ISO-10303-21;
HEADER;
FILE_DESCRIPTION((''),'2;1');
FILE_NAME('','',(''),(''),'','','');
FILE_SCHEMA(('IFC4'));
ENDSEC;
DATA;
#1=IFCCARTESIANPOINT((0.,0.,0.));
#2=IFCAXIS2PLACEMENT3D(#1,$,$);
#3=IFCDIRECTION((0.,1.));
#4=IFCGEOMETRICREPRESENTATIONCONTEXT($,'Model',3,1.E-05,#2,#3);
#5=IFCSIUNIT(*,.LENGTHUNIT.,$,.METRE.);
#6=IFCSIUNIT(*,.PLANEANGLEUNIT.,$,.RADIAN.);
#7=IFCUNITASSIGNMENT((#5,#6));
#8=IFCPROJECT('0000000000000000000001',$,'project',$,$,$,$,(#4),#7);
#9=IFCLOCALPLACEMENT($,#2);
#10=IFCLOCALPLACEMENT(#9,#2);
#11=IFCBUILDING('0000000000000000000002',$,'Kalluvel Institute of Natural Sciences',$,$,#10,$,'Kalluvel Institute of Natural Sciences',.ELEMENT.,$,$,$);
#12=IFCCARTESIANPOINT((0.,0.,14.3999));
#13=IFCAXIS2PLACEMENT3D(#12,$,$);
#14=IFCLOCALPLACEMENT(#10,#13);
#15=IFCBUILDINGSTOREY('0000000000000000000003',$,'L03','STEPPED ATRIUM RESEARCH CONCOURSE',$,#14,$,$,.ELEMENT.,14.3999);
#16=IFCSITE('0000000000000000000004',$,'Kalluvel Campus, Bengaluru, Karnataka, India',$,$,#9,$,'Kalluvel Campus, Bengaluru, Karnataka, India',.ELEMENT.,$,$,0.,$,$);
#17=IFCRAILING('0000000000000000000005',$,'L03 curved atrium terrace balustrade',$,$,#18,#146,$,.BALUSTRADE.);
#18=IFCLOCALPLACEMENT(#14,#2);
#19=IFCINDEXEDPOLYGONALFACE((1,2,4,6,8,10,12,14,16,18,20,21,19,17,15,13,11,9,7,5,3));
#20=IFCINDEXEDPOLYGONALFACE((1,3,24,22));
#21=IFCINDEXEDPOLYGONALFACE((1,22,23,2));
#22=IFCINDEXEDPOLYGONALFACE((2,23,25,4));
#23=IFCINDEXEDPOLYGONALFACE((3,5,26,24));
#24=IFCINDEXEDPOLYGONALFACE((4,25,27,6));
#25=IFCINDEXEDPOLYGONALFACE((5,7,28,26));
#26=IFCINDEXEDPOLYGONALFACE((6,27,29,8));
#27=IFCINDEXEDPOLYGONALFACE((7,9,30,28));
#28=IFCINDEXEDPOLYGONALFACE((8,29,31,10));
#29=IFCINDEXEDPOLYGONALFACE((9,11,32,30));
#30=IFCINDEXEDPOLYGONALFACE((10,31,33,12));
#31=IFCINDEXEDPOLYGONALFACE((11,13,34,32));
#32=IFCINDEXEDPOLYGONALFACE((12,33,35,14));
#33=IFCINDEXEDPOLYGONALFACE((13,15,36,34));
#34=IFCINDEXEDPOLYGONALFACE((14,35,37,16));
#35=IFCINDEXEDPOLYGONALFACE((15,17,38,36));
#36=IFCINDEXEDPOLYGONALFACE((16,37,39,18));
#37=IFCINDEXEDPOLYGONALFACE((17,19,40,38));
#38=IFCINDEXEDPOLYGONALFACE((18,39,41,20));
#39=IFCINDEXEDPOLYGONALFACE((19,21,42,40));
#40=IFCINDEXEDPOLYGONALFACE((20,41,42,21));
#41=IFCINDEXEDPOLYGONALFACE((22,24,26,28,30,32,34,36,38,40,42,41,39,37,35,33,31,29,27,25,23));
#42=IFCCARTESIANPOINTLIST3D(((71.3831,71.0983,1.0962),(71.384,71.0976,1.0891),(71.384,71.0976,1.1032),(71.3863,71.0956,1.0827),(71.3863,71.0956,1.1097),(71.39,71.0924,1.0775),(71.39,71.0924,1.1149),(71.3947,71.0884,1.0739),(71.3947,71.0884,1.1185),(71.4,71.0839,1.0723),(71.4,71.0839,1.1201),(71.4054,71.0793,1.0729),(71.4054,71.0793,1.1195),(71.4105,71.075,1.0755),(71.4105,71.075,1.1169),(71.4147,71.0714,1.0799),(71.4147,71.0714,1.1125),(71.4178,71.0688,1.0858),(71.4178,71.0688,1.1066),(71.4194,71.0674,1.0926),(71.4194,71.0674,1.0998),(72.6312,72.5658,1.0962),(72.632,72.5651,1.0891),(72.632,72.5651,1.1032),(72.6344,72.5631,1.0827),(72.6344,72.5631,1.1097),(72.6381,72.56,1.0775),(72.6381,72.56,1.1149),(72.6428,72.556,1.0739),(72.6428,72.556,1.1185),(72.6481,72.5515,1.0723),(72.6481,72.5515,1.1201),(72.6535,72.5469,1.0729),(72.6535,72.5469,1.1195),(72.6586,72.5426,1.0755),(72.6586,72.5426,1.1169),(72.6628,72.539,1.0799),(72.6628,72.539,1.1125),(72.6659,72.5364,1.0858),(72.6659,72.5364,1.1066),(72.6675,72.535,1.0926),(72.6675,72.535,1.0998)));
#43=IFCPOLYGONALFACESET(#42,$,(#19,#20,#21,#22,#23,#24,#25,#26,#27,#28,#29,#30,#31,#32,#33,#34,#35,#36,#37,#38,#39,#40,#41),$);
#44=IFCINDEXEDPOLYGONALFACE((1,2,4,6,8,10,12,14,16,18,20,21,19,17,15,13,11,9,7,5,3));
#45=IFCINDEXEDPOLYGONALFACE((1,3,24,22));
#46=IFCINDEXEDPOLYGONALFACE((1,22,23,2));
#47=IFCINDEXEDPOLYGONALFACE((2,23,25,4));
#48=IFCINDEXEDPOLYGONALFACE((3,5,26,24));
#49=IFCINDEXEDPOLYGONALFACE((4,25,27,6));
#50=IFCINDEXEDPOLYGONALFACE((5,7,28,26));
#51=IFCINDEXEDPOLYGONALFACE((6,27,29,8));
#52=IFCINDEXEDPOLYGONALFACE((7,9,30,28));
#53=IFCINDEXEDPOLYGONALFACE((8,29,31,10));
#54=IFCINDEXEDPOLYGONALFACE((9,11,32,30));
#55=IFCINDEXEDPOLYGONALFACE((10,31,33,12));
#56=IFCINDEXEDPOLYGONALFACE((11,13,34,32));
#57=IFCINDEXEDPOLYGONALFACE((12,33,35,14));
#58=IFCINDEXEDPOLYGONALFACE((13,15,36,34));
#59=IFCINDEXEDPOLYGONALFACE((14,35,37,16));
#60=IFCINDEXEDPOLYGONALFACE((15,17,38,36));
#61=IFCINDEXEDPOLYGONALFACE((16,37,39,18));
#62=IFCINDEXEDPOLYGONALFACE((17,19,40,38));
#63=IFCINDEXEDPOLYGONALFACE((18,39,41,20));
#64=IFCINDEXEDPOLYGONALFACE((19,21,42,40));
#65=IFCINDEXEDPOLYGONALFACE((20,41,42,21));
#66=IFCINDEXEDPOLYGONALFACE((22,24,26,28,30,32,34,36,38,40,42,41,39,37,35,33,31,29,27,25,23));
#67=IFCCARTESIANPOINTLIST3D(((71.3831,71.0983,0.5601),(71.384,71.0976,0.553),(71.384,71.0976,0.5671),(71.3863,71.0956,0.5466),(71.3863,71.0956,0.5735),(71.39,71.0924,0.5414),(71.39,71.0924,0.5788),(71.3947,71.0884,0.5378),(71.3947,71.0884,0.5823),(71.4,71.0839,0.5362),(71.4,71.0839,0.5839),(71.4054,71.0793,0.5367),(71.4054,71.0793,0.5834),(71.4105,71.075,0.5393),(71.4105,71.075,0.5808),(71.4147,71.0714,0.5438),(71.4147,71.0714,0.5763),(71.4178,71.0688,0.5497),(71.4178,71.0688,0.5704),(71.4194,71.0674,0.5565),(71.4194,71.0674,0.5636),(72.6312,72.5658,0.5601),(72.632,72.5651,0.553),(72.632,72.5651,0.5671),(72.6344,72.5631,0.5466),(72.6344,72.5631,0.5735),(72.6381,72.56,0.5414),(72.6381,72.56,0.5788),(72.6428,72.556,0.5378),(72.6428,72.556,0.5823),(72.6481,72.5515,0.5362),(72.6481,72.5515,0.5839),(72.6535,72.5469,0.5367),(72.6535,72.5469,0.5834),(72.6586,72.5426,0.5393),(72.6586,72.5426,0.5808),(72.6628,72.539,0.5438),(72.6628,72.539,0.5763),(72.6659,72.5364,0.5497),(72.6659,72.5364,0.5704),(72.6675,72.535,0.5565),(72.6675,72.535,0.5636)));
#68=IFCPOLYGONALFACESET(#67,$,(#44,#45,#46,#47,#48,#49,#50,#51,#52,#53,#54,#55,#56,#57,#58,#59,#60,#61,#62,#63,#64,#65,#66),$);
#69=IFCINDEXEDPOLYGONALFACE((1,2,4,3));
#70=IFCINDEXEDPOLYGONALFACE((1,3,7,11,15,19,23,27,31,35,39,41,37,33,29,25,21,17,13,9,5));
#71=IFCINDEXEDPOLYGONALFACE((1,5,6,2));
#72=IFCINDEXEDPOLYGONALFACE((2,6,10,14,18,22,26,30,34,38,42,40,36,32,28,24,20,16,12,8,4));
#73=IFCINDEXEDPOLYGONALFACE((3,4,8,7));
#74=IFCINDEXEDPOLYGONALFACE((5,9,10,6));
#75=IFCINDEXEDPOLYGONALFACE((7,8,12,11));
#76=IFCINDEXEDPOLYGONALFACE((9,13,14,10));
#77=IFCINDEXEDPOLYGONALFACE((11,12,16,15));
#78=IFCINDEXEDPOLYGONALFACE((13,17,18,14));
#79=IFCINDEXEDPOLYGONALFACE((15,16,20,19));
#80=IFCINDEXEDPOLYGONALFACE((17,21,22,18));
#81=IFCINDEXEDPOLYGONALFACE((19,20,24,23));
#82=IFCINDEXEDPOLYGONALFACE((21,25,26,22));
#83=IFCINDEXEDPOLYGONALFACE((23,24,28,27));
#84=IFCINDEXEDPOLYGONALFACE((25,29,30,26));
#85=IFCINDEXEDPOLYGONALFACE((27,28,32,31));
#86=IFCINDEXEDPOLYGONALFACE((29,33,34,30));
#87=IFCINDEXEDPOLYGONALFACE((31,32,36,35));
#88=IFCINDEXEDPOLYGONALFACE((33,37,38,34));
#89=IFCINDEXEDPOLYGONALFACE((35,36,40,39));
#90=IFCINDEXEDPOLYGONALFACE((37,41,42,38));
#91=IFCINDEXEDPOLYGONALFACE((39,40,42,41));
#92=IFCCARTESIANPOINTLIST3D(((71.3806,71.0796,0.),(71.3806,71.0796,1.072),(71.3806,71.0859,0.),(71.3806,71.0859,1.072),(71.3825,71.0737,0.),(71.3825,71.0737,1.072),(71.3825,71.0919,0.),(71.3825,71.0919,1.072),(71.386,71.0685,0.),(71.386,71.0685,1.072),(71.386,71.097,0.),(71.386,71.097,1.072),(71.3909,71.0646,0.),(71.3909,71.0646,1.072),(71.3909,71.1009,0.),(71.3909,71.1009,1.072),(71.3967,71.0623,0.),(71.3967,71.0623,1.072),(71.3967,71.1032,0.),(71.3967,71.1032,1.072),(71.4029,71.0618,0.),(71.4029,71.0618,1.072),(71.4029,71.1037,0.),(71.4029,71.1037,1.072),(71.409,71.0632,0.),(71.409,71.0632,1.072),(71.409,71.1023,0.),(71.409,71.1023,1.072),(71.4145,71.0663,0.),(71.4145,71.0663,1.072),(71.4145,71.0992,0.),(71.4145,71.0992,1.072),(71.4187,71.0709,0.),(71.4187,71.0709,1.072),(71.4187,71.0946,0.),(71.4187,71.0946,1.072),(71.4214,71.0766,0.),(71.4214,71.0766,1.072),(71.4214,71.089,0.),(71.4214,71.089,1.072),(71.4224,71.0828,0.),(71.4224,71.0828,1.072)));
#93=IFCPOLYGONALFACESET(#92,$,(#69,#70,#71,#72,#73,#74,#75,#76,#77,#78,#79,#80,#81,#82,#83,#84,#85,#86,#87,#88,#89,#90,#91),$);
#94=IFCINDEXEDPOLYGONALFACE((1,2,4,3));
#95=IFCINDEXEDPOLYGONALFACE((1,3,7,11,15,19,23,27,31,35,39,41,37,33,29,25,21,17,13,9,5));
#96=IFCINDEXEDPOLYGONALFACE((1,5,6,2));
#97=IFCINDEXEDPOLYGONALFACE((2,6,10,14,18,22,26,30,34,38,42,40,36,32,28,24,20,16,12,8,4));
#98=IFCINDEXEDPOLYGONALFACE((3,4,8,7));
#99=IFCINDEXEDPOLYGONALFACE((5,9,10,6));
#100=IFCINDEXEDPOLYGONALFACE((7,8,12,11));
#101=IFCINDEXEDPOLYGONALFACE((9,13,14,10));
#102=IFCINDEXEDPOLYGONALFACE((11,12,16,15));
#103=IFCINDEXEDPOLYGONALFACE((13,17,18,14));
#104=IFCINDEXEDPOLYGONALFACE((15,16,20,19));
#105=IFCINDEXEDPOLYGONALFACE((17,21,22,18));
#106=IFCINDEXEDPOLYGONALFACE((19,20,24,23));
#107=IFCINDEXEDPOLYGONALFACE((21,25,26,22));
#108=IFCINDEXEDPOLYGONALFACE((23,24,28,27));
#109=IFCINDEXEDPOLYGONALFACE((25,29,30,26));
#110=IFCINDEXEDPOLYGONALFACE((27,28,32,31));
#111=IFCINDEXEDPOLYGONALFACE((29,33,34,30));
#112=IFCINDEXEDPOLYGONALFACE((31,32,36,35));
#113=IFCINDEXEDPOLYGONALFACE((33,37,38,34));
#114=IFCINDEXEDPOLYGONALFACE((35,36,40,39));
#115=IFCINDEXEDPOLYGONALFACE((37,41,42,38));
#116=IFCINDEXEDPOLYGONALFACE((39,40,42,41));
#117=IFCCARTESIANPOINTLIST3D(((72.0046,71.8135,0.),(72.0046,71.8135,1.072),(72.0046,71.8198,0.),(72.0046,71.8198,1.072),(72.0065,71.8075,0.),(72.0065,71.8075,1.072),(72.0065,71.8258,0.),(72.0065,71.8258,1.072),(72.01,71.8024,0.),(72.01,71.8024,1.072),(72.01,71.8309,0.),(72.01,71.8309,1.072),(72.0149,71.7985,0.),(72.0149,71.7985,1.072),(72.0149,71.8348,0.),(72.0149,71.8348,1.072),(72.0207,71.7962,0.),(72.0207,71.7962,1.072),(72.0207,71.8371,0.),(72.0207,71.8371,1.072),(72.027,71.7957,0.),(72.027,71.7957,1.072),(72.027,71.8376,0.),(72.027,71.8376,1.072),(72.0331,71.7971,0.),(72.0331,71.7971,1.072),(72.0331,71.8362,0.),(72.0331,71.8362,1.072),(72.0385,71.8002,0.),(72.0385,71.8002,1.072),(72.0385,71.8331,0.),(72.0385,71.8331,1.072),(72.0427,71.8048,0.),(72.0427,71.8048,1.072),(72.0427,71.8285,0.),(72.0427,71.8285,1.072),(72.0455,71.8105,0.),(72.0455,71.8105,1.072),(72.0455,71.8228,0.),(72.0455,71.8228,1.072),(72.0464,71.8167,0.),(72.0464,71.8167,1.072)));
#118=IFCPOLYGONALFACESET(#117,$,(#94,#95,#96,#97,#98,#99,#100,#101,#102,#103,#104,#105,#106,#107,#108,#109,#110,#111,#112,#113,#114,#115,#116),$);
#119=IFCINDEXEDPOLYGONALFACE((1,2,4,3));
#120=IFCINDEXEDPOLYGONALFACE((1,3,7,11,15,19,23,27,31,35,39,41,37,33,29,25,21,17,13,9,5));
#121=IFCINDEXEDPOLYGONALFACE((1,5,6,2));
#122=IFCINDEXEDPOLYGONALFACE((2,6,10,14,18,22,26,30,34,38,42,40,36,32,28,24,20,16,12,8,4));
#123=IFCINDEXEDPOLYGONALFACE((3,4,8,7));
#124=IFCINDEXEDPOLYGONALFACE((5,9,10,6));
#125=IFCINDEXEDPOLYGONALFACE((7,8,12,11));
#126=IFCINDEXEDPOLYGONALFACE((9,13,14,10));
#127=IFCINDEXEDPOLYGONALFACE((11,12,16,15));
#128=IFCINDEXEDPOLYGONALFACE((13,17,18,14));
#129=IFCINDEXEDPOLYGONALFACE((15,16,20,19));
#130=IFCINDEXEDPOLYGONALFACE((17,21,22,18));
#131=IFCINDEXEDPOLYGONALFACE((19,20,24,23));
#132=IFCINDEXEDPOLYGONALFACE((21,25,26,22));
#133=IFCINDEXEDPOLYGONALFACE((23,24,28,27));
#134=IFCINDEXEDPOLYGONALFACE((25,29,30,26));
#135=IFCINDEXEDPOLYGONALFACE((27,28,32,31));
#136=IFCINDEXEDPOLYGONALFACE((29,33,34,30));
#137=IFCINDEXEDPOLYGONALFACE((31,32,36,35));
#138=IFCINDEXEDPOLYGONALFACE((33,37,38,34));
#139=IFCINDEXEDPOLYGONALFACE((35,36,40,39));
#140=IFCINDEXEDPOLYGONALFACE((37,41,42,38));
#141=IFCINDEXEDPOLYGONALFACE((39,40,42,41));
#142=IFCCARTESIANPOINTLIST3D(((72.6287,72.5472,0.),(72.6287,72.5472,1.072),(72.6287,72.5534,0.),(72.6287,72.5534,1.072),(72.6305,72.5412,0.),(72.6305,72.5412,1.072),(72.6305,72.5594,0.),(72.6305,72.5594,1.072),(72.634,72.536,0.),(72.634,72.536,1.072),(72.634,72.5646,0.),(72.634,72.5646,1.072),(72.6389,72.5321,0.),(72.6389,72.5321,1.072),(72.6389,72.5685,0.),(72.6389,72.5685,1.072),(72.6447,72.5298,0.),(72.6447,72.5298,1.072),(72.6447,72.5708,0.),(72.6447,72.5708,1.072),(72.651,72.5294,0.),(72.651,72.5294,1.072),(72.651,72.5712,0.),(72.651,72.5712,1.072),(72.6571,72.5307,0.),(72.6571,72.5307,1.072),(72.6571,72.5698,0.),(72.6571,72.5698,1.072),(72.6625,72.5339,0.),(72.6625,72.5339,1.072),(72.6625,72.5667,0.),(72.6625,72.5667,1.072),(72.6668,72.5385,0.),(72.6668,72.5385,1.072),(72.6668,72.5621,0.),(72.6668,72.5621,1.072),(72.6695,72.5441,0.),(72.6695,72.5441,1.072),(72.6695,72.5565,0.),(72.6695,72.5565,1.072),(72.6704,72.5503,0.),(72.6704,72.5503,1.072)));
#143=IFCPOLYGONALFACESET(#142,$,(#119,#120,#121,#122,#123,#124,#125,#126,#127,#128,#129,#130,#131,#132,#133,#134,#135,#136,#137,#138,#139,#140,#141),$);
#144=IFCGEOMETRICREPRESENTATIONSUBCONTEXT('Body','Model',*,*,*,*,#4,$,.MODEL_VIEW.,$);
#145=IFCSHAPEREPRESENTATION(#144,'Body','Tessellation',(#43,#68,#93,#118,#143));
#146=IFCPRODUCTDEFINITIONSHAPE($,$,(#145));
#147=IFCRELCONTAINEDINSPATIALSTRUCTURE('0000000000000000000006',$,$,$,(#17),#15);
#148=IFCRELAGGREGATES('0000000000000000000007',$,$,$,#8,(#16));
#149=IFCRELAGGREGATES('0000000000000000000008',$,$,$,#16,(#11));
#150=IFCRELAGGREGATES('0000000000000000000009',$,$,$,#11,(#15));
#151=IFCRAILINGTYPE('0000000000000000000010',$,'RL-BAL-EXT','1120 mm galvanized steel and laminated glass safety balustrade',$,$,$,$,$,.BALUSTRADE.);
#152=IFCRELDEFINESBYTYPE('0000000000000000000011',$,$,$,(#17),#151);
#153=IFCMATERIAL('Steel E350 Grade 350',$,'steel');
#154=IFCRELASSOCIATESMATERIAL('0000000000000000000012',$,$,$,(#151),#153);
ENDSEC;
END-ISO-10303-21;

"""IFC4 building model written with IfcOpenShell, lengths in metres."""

from ifc_helpers import new_model, si_unit, direction, frame, origin, origin_2d, place, context, subcontext, project, spatial, circle, extrude, material, type_object, element, save


model = new_model("IFC4")

# Units and contexts
model_context = context("Model", 3, precision=1e-05, world=origin(), true_north=direction((0.0, 1.0)))
body_context = subcontext(model_context, "Body", "Model", "MODEL_VIEW")
ifc_project = project(units=[si_unit("LENGTHUNIT", "METRE"), si_unit("PLANEANGLEUNIT", "RADIAN")], contexts=[model_context])

# Site, building, storey
site_placement = place(None, origin())
site = spatial("IfcSite", under=ifc_project, at=site_placement, Name="Kalluvel Campus, Bengaluru, Karnataka, India", LongName="Kalluvel Campus, Bengaluru, Karnataka, India", CompositionType="ELEMENT", RefElevation=0.0)
building_placement = place(site_placement, origin())
building = spatial("IfcBuilding", under=site, at=building_placement, Name="Kalluvel Institute of Natural Sciences", LongName="Kalluvel Institute of Natural Sciences", CompositionType="ELEMENT")
storey_placement = place(building_placement, frame((0.0, 0.0, 14.3999)))
storey = spatial("IfcBuildingStorey", under=building, at=storey_placement, Name="L03", Description="STEPPED ATRIUM RESEARCH CONCOURSE", CompositionType="ELEMENT", Elevation=14.3999)

# Shared definitions
ifc_material_1 = material(Name="Steel E350 Grade 350", Category="steel")

# Railing
railing_type = type_object("IfcRailingType", Name="RL-BAL-EXT", Description="1120 mm galvanized steel and laminated glass safety balustrade", PredefinedType="BALUSTRADE", material=ifc_material_1)
railing_1_placement = place(storey_placement, frame((71.4014, 71.0828, 0.0)))
element("IfcRailing", 1, at=railing_1_placement, inside=storey, type_object=railing_type, Name="L03 curved atrium terrace balustrade", PredefinedType="BALUSTRADE", context=body_context, shape_type="SweptSolid", body=[
    extrude(circle(Radius=0.0239, at=origin_2d()), frame((0.0, 0.0, 1.0962), z_axis=(0.647843, 0.761774, 0.0), x_axis=(-0.761774, 0.647843, 0.0)), (0.0, 0.0, 1.0), 1.9265),
    extrude(circle(Radius=0.0239, at=origin_2d()), frame((0.0, 0.0, 0.5601), z_axis=(0.647843, 0.761774, 0.0), x_axis=(-0.761774, 0.647843, 0.0)), (0.0, 0.0, 1.0), 1.9265),
    extrude(circle(Radius=0.021, at=origin_2d()), origin(), (0.0, 0.0, 1.0), 1.072),
    extrude(circle(Radius=0.021, at=origin_2d()), frame((0.624, 0.7339, 0.0)), (0.0, 0.0, 1.0), 1.072),
    extrude(circle(Radius=0.021, at=origin_2d()), frame((1.248, 1.4675, 0.0)), (0.0, 0.0, 1.0), 1.072),
])

save(model, "model.ifc")
